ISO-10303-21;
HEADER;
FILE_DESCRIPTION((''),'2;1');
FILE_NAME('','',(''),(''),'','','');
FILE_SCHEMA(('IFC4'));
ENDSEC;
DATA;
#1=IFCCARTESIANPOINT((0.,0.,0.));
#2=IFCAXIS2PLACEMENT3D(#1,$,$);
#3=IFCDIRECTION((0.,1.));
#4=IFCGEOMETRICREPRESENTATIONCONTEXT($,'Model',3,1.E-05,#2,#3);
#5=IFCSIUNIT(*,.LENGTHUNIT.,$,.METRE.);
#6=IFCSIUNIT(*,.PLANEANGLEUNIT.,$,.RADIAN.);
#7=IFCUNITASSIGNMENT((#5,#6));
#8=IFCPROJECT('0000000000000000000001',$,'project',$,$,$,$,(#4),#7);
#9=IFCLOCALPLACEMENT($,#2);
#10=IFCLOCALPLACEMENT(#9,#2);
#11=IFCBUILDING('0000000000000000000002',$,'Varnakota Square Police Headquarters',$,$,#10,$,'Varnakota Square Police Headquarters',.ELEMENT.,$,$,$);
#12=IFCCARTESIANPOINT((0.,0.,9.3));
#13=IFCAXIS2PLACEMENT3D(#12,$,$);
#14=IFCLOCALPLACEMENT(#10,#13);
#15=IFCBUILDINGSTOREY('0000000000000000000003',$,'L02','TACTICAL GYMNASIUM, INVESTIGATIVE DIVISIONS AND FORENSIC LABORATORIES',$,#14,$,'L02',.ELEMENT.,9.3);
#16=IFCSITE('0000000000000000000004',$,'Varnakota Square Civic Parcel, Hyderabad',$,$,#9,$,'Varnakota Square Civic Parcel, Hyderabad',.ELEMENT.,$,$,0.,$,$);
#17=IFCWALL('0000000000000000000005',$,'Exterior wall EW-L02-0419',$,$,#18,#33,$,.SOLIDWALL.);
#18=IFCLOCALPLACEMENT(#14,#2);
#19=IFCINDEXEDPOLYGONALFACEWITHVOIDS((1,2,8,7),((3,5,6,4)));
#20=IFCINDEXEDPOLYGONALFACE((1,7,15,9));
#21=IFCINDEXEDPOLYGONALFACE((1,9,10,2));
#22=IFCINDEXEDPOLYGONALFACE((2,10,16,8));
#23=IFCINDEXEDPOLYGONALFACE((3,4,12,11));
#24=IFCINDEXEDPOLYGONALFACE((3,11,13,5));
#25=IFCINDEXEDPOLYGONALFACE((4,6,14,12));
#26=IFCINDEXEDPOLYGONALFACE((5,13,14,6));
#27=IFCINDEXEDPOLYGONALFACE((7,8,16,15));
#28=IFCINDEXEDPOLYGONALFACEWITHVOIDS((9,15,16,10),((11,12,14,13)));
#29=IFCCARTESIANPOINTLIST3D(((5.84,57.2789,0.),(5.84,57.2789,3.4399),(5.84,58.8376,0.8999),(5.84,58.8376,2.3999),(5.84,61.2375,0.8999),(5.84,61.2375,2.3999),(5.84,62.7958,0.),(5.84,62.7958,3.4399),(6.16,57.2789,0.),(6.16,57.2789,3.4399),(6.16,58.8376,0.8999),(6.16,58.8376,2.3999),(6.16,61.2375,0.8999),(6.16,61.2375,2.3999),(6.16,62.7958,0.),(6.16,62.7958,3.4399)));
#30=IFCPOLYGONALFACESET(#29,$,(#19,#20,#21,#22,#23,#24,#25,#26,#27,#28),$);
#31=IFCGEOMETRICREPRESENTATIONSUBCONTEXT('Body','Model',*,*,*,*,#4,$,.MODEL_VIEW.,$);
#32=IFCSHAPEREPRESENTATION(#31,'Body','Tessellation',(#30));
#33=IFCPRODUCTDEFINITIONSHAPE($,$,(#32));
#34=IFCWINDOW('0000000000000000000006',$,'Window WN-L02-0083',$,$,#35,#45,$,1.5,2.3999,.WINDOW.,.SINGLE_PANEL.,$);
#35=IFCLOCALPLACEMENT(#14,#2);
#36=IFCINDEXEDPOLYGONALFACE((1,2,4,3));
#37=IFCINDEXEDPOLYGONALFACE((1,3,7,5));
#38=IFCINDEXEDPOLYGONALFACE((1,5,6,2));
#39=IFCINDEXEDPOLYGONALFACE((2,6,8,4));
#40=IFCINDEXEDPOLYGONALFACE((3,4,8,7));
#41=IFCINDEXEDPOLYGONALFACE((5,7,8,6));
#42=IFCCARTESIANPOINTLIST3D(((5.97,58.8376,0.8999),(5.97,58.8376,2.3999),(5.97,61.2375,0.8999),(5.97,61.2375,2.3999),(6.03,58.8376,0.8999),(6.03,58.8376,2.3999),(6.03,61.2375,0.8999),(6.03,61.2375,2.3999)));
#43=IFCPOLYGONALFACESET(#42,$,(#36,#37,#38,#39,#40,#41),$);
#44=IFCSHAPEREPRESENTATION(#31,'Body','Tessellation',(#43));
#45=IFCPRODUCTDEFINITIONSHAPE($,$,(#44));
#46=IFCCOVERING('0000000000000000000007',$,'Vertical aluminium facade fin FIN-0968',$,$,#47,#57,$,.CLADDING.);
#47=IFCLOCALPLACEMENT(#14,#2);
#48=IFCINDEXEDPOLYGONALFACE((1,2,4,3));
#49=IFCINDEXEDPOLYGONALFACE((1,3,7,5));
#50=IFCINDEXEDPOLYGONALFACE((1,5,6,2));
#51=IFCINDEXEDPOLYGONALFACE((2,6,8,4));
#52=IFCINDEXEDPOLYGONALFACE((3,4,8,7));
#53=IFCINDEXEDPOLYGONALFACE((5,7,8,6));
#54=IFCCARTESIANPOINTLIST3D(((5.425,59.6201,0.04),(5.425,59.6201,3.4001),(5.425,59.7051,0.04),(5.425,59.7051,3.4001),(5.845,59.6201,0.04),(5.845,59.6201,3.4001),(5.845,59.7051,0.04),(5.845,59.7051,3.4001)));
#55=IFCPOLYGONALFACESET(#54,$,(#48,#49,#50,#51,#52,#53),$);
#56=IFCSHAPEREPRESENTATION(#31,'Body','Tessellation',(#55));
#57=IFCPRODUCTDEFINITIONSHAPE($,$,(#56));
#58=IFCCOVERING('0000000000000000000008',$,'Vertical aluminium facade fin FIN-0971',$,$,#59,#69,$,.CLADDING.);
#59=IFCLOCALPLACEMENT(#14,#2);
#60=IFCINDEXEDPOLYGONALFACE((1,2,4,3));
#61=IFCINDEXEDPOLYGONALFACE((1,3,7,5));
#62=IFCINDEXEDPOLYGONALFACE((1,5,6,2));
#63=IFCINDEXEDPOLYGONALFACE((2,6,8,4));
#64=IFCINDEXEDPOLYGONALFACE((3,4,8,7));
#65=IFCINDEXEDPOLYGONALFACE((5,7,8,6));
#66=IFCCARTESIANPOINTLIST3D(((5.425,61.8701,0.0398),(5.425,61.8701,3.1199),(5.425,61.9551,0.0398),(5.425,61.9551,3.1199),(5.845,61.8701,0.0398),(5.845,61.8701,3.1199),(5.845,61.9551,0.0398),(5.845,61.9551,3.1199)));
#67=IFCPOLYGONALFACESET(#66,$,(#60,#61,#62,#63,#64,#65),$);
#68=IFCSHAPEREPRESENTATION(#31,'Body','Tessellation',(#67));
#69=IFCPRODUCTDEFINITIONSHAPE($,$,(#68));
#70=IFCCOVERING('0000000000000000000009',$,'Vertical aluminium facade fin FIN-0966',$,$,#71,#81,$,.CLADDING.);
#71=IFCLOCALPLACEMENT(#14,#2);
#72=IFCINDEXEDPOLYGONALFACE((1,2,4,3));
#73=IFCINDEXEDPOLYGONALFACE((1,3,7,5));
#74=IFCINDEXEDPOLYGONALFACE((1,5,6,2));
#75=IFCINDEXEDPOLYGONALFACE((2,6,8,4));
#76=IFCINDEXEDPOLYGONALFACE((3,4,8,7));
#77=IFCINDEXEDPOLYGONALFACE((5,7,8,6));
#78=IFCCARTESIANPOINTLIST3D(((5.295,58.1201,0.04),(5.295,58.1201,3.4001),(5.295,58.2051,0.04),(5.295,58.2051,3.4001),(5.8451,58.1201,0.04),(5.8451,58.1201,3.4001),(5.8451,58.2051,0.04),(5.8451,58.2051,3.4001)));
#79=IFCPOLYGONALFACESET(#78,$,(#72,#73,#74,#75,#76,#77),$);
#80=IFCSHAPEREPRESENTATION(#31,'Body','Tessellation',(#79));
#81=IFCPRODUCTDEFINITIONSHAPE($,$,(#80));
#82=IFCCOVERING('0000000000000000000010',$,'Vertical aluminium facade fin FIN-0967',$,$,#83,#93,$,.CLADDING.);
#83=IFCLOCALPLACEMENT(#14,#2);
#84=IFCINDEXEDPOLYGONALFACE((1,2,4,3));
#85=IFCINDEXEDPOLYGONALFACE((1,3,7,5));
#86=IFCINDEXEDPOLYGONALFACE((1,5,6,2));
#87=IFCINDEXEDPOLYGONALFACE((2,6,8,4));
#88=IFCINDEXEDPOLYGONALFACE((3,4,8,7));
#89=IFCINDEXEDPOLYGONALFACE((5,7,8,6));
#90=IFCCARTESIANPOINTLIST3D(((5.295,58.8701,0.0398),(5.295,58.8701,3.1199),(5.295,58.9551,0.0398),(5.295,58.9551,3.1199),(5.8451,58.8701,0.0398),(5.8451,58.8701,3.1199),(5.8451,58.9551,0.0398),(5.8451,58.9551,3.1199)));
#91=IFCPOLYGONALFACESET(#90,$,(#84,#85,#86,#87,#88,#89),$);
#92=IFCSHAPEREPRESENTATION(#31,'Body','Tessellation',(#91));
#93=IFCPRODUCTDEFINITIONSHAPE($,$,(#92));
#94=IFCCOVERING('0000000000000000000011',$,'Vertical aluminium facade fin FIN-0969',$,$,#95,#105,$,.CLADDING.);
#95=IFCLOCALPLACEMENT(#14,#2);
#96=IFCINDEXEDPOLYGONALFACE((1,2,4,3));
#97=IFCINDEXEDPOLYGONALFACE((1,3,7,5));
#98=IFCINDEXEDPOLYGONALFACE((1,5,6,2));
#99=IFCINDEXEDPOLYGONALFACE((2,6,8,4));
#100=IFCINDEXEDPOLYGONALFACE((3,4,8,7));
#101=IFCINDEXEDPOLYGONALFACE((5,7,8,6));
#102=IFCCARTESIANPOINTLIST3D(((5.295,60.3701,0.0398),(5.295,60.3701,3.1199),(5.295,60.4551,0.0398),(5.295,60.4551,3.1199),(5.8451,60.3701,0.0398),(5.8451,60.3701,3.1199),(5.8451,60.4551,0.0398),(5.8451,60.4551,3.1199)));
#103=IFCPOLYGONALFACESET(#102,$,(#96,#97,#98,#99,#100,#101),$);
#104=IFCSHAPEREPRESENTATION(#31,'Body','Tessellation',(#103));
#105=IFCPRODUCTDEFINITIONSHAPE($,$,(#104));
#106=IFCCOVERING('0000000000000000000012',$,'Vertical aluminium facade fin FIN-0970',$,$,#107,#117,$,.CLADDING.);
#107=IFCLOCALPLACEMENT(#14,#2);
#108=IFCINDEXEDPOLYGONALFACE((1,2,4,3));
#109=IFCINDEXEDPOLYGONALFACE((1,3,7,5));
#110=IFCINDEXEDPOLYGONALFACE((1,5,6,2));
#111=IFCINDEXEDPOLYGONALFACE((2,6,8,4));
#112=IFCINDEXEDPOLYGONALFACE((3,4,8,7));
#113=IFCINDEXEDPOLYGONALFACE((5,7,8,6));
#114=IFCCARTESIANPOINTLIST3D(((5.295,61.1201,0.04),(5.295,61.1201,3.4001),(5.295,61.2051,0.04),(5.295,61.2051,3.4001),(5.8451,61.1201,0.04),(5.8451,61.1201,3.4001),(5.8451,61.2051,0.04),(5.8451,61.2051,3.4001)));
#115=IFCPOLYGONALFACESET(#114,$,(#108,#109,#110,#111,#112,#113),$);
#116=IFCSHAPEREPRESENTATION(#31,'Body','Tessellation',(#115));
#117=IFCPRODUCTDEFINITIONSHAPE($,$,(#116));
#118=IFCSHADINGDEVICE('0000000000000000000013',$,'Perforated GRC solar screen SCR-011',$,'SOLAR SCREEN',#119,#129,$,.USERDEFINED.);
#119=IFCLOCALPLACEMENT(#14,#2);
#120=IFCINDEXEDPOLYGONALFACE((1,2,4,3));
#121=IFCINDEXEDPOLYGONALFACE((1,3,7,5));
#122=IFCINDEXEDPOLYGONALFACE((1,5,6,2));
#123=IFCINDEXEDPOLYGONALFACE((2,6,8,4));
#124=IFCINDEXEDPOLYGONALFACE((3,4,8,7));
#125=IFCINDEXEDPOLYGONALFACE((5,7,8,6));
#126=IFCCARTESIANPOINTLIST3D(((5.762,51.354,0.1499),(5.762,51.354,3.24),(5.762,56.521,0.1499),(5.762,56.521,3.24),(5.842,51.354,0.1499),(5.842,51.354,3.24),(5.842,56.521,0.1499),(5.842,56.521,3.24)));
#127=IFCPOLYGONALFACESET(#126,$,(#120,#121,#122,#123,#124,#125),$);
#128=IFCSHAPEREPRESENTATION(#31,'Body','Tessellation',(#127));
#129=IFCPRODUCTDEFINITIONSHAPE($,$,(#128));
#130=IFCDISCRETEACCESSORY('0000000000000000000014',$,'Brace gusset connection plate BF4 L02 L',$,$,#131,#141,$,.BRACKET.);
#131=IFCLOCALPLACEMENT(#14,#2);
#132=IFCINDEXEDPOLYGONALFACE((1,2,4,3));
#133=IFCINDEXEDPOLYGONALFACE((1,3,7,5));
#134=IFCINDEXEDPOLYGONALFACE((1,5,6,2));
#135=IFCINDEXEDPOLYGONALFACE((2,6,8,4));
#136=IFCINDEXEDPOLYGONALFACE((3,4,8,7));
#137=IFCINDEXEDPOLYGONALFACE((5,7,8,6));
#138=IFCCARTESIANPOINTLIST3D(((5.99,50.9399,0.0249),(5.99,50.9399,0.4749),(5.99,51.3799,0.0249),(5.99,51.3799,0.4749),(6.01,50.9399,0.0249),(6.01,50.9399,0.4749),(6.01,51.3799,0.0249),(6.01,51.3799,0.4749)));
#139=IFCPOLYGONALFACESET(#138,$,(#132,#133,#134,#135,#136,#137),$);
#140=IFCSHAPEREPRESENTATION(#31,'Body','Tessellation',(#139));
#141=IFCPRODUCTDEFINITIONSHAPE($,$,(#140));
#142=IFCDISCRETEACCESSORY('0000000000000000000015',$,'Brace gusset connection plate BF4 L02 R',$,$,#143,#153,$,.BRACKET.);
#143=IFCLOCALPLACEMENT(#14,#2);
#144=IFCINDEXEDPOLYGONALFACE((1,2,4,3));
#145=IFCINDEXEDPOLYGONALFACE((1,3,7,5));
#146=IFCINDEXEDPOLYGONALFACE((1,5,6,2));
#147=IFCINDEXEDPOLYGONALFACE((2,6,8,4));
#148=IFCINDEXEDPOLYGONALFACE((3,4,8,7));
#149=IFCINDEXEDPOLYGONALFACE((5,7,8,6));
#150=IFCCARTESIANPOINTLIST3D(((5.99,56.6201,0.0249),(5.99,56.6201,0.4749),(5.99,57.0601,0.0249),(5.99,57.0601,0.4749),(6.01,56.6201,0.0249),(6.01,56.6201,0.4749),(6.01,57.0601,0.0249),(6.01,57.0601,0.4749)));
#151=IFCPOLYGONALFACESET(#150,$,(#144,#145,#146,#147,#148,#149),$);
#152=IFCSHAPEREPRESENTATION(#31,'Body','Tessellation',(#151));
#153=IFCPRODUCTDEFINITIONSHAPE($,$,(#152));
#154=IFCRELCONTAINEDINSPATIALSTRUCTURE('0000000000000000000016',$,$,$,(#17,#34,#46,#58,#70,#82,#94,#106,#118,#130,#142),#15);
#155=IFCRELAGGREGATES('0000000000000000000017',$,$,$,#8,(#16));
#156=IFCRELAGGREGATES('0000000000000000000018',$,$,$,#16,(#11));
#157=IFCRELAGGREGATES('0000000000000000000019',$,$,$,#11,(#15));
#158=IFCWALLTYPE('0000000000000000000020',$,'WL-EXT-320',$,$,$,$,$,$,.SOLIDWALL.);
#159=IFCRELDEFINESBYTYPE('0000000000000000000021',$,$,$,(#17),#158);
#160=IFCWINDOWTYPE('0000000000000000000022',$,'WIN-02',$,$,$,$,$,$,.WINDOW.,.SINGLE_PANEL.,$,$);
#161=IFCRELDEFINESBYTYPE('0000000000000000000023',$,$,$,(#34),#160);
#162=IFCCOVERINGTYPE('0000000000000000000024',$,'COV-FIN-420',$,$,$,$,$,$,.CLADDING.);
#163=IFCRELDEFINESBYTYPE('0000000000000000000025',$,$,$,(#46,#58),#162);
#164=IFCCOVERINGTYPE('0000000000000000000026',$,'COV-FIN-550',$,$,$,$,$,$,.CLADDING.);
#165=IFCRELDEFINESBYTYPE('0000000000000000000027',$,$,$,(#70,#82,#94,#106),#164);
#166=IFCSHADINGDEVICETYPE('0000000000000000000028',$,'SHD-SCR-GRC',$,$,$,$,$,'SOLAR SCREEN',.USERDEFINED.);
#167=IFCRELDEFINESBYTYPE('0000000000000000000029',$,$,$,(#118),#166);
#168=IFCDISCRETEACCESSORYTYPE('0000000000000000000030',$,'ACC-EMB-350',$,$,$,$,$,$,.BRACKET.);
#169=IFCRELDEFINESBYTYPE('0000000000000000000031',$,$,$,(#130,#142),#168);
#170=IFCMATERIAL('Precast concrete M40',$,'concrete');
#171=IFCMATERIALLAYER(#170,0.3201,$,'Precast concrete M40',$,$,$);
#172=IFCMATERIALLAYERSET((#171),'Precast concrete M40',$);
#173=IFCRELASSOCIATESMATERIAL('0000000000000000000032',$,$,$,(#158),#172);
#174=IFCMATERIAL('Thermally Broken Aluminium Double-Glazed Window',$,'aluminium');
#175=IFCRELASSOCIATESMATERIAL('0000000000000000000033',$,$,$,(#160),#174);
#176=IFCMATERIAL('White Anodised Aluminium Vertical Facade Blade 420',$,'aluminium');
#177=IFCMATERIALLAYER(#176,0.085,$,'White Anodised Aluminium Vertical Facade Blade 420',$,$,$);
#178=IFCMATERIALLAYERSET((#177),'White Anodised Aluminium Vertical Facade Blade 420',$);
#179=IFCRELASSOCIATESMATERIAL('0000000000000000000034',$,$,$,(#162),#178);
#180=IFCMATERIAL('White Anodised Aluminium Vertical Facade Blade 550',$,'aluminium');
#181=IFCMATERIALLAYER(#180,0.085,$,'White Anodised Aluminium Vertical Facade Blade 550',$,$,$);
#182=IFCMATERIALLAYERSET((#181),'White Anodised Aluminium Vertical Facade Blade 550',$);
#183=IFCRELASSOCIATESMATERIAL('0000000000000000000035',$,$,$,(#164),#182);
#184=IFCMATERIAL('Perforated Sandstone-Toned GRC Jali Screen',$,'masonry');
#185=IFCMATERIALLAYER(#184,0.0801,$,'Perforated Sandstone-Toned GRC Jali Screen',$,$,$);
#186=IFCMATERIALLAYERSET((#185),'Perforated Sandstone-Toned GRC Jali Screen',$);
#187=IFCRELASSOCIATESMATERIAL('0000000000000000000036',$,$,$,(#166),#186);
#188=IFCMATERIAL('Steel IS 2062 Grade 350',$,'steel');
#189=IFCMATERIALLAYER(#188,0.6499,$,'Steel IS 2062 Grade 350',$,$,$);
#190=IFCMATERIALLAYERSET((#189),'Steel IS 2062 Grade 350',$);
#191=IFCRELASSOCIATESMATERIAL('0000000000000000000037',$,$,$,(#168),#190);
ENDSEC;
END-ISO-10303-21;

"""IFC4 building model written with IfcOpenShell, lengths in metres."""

from ifc_helpers import new_model, si_unit, direction, frame, frame_2d, origin, origin_2d, place, context, subcontext, project, spatial, rectangle, extrude, material, layer, layer_set, type_object, element, fill, save


model = new_model("IFC4")

# Units and contexts
model_context = context("Model", 3, precision=1e-05, world=origin(), true_north=direction((0.0, 1.0)))
body_context = subcontext(model_context, "Body", "Model", "MODEL_VIEW")
ifc_project = project(units=[si_unit("LENGTHUNIT", "METRE"), si_unit("PLANEANGLEUNIT", "RADIAN")], contexts=[model_context])

# Site, building, storey
site_placement = place(None, origin())
site = spatial("IfcSite", under=ifc_project, at=site_placement, Name="Varnakota Square Civic Parcel, Hyderabad", LongName="Varnakota Square Civic Parcel, Hyderabad", CompositionType="ELEMENT", RefElevation=0.0)
building_placement = place(site_placement, origin())
building = spatial("IfcBuilding", under=site, at=building_placement, Name="Varnakota Square Police Headquarters", LongName="Varnakota Square Police Headquarters", CompositionType="ELEMENT")
storey_placement = place(building_placement, frame((0.0, 0.0, 9.3)))
storey = spatial("IfcBuildingStorey", under=building, at=storey_placement, Name="L02", Description="TACTICAL GYMNASIUM, INVESTIGATIVE DIVISIONS AND FORENSIC LABORATORIES", LongName="L02", CompositionType="ELEMENT", Elevation=9.3)

# Shared definitions
ifc_material_1 = material(Name="Steel IS 2062 Grade 350", Category="steel")

# Shared definitions
ifc_material_2 = material(Name="Precast concrete M40", Category="concrete")
ifc_layer_1 = layer(ifc_material_2, 0.3201, Name="Precast concrete M40")
ifc_layer_set_1 = layer_set([ifc_layer_1], Name="Precast concrete M40")
wall_type = type_object("IfcWallType", Name="WL-EXT-320", PredefinedType="SOLIDWALL", material=ifc_layer_set_1)

# Wall, opening, window
wall_1_placement = place(storey_placement, frame((6.0, 57.2791, 0.0), z_axis=(0.0, 0.0, 1.0), x_axis=(0.0, 1.0, 0.0)))
wall_1 = element("IfcWall", 1, at=wall_1_placement, inside=storey, type_object=wall_type, Name="Exterior wall EW-L02-0419", PredefinedType="SOLIDWALL", context=body_context, shape_type="SweptSolid", body=[
    extrude(rectangle(XDim=5.5168, YDim=0.3201, at=frame_2d((2.7583, 0.0))), origin(), (0.0, 0.0, 1.0), 3.4399),
])
opening_placement = place(wall_1_placement, frame((1.5586, 0.0, 0.8999)))
opening = element("IfcOpeningElement", 2, at=opening_placement, cuts=wall_1, PredefinedType="OPENING", context=body_context, shape_type="SweptSolid", body=[
    extrude(rectangle(XDim=2.3999, YDim=1.5, at=frame_2d((1.2, 0.75))), frame((0.0, 0.1699, 0.0), z_axis=(0.0, -1.0, 0.0), x_axis=(1.0, 0.0, 0.0)), (0.0, 0.0, 1.0), 0.3401),
])
ifc_material_3 = material(Name="Thermally Broken Aluminium Double-Glazed Window", Category="aluminium")
window_type = type_object("IfcWindowType", Name="WIN-02", PartitioningType="SINGLE_PANEL", PredefinedType="WINDOW", material=ifc_material_3)
window_placement = place(opening_placement, origin())
window = element("IfcWindow", 3, at=window_placement, inside=storey, type_object=window_type, Name="Window WN-L02-0083", OverallHeight=1.5, OverallWidth=2.3999, PartitioningType="SINGLE_PANEL", PredefinedType="WINDOW", context=body_context, shape_type="SweptSolid", body=[
    extrude(rectangle(XDim=2.3999, YDim=1.5, at=frame_2d((1.2, 0.75))), frame((0.0, 0.03, 0.0), z_axis=(0.0, -1.0, 0.0), x_axis=(1.0, 0.0, 0.0)), (0.0, 0.0, 1.0), 0.0601),
])
fill(opening, window)

# Coverings
ifc_material_4 = material(Name="White Anodised Aluminium Vertical Facade Blade 420", Category="aluminium")
ifc_layer_2 = layer(ifc_material_4, 0.085, Name="White Anodised Aluminium Vertical Facade Blade 420")
ifc_layer_set_2 = layer_set([ifc_layer_2], Name="White Anodised Aluminium Vertical Facade Blade 420")
covering_type_1 = type_object("IfcCoveringType", Name="COV-FIN-420", PredefinedType="CLADDING", material=ifc_layer_set_2)
covering_1_placement = place(storey_placement, frame((5.635, 59.6626, 0.04), z_axis=(0.0, 0.0, 1.0), x_axis=(0.0, 1.0, 0.0)))
element("IfcCovering", 4, at=covering_1_placement, inside=storey, type_object=covering_type_1, Name="Vertical aluminium facade fin FIN-0968", PredefinedType="CLADDING", context=body_context, shape_type="SweptSolid", body=[
    extrude(rectangle(XDim=0.085, YDim=0.4199, at=origin_2d()), origin(), (0.0, 0.0, 1.0), 3.3601),
])
covering_2_placement = place(storey_placement, frame((5.635, 61.9126, 0.0398), z_axis=(0.0, 0.0, 1.0), x_axis=(0.0, 1.0, 0.0)))
element("IfcCovering", 5, at=covering_2_placement, inside=storey, type_object=covering_type_1, Name="Vertical aluminium facade fin FIN-0971", PredefinedType="CLADDING", context=body_context, shape_type="SweptSolid", body=[
    extrude(rectangle(XDim=0.085, YDim=0.4199, at=origin_2d()), origin(), (0.0, 0.0, 1.0), 3.0801),
])
ifc_material_5 = material(Name="White Anodised Aluminium Vertical Facade Blade 550", Category="aluminium")
ifc_layer_3 = layer(ifc_material_5, 0.085, Name="White Anodised Aluminium Vertical Facade Blade 550")
ifc_layer_set_3 = layer_set([ifc_layer_3], Name="White Anodised Aluminium Vertical Facade Blade 550")
covering_type_2 = type_object("IfcCoveringType", Name="COV-FIN-550", PredefinedType="CLADDING", material=ifc_layer_set_3)
covering_3_placement = place(storey_placement, frame((5.5701, 58.1626, 0.04), z_axis=(0.0, 0.0, 1.0), x_axis=(0.0, 1.0, 0.0)))
element("IfcCovering", 6, at=covering_3_placement, inside=storey, type_object=covering_type_2, Name="Vertical aluminium facade fin FIN-0966", PredefinedType="CLADDING", context=body_context, shape_type="SweptSolid", body=[
    extrude(rectangle(XDim=0.085, YDim=0.55, at=origin_2d()), origin(), (0.0, 0.0, 1.0), 3.3601),
])
for number, where, z_axis, x_axis, name in (
    (7, (5.5701, 58.9126, 0.0398), (0.0, 0.0, 1.0), (0.0, 1.0, 0.0), "Vertical aluminium facade fin FIN-0967"),
    (8, (5.5701, 60.4126, 0.0398), (0.0, 0.0, 1.0), (0.0, 1.0, 0.0), "Vertical aluminium facade fin FIN-0969"),
):
    element("IfcCovering", number, at=place(storey_placement, frame(where, z_axis=z_axis, x_axis=x_axis)), inside=storey, type_object=covering_type_2, Name=name, PredefinedType="CLADDING", context=body_context, shape_type="SweptSolid", body=[
        extrude(rectangle(XDim=0.085, YDim=0.55, at=origin_2d()), origin(), (0.0, 0.0, 1.0), 3.0801),
    ])
covering_4_placement = place(storey_placement, frame((5.5701, 61.1626, 0.04), z_axis=(0.0, 0.0, 1.0), x_axis=(0.0, 1.0, 0.0)))
element("IfcCovering", 9, at=covering_4_placement, inside=storey, type_object=covering_type_2, Name="Vertical aluminium facade fin FIN-0970", PredefinedType="CLADDING", context=body_context, shape_type="SweptSolid", body=[
    extrude(rectangle(XDim=0.085, YDim=0.55, at=origin_2d()), origin(), (0.0, 0.0, 1.0), 3.3601),
])

# Shading device
ifc_material_6 = material(Name="Perforated Sandstone-Toned GRC Jali Screen", Category="masonry")
ifc_layer_4 = layer(ifc_material_6, 0.0801, Name="Perforated Sandstone-Toned GRC Jali Screen")
ifc_layer_set_4 = layer_set([ifc_layer_4], Name="Perforated Sandstone-Toned GRC Jali Screen")
shading_device_type = type_object("IfcShadingDeviceType", Name="SHD-SCR-GRC", ElementType="SOLAR SCREEN", PredefinedType="USERDEFINED", material=ifc_layer_set_4)
shading_device_placement = place(storey_placement, frame((5.802, 53.9375, 0.1499), z_axis=(0.0, 0.0, 1.0), x_axis=(0.0, 1.0, 0.0)))
element("IfcShadingDevice", 10, at=shading_device_placement, inside=storey, type_object=shading_device_type, Name="Perforated GRC solar screen SCR-011", ObjectType="SOLAR SCREEN", PredefinedType="USERDEFINED", context=body_context, shape_type="SweptSolid", body=[
    extrude(rectangle(XDim=5.167, YDim=0.0801, at=origin_2d()), origin(), (0.0, 0.0, 1.0), 3.0901),
])

# Discrete accessories
ifc_layer_5 = layer(ifc_material_1, 0.6499, Name="Steel IS 2062 Grade 350")
ifc_layer_set_5 = layer_set([ifc_layer_5], Name="Steel IS 2062 Grade 350")
discrete_accessory_type = type_object("IfcDiscreteAccessoryType", Name="ACC-EMB-350", PredefinedType="BRACKET", material=ifc_layer_set_5)
for number, where, z_axis, x_axis, name in (
    (11, (6.0, 51.1599, 0.0249), (0.0, 0.0, 1.0), (0.0, 1.0, 0.0), "Brace gusset connection plate BF4 L02 L"),
    (12, (6.0, 56.8401, 0.0249), (0.0, 0.0, 1.0), (0.0, 1.0, 0.0), "Brace gusset connection plate BF4 L02 R"),
):
    element("IfcDiscreteAccessory", number, at=place(storey_placement, frame(where, z_axis=z_axis, x_axis=x_axis)), inside=storey, type_object=discrete_accessory_type, Name=name, PredefinedType="BRACKET", context=body_context, shape_type="SweptSolid", body=[
        extrude(rectangle(XDim=0.4399, YDim=0.02, at=origin_2d()), origin(), (0.0, 0.0, 1.0), 0.45),
    ])

save(model, "model.ifc")
